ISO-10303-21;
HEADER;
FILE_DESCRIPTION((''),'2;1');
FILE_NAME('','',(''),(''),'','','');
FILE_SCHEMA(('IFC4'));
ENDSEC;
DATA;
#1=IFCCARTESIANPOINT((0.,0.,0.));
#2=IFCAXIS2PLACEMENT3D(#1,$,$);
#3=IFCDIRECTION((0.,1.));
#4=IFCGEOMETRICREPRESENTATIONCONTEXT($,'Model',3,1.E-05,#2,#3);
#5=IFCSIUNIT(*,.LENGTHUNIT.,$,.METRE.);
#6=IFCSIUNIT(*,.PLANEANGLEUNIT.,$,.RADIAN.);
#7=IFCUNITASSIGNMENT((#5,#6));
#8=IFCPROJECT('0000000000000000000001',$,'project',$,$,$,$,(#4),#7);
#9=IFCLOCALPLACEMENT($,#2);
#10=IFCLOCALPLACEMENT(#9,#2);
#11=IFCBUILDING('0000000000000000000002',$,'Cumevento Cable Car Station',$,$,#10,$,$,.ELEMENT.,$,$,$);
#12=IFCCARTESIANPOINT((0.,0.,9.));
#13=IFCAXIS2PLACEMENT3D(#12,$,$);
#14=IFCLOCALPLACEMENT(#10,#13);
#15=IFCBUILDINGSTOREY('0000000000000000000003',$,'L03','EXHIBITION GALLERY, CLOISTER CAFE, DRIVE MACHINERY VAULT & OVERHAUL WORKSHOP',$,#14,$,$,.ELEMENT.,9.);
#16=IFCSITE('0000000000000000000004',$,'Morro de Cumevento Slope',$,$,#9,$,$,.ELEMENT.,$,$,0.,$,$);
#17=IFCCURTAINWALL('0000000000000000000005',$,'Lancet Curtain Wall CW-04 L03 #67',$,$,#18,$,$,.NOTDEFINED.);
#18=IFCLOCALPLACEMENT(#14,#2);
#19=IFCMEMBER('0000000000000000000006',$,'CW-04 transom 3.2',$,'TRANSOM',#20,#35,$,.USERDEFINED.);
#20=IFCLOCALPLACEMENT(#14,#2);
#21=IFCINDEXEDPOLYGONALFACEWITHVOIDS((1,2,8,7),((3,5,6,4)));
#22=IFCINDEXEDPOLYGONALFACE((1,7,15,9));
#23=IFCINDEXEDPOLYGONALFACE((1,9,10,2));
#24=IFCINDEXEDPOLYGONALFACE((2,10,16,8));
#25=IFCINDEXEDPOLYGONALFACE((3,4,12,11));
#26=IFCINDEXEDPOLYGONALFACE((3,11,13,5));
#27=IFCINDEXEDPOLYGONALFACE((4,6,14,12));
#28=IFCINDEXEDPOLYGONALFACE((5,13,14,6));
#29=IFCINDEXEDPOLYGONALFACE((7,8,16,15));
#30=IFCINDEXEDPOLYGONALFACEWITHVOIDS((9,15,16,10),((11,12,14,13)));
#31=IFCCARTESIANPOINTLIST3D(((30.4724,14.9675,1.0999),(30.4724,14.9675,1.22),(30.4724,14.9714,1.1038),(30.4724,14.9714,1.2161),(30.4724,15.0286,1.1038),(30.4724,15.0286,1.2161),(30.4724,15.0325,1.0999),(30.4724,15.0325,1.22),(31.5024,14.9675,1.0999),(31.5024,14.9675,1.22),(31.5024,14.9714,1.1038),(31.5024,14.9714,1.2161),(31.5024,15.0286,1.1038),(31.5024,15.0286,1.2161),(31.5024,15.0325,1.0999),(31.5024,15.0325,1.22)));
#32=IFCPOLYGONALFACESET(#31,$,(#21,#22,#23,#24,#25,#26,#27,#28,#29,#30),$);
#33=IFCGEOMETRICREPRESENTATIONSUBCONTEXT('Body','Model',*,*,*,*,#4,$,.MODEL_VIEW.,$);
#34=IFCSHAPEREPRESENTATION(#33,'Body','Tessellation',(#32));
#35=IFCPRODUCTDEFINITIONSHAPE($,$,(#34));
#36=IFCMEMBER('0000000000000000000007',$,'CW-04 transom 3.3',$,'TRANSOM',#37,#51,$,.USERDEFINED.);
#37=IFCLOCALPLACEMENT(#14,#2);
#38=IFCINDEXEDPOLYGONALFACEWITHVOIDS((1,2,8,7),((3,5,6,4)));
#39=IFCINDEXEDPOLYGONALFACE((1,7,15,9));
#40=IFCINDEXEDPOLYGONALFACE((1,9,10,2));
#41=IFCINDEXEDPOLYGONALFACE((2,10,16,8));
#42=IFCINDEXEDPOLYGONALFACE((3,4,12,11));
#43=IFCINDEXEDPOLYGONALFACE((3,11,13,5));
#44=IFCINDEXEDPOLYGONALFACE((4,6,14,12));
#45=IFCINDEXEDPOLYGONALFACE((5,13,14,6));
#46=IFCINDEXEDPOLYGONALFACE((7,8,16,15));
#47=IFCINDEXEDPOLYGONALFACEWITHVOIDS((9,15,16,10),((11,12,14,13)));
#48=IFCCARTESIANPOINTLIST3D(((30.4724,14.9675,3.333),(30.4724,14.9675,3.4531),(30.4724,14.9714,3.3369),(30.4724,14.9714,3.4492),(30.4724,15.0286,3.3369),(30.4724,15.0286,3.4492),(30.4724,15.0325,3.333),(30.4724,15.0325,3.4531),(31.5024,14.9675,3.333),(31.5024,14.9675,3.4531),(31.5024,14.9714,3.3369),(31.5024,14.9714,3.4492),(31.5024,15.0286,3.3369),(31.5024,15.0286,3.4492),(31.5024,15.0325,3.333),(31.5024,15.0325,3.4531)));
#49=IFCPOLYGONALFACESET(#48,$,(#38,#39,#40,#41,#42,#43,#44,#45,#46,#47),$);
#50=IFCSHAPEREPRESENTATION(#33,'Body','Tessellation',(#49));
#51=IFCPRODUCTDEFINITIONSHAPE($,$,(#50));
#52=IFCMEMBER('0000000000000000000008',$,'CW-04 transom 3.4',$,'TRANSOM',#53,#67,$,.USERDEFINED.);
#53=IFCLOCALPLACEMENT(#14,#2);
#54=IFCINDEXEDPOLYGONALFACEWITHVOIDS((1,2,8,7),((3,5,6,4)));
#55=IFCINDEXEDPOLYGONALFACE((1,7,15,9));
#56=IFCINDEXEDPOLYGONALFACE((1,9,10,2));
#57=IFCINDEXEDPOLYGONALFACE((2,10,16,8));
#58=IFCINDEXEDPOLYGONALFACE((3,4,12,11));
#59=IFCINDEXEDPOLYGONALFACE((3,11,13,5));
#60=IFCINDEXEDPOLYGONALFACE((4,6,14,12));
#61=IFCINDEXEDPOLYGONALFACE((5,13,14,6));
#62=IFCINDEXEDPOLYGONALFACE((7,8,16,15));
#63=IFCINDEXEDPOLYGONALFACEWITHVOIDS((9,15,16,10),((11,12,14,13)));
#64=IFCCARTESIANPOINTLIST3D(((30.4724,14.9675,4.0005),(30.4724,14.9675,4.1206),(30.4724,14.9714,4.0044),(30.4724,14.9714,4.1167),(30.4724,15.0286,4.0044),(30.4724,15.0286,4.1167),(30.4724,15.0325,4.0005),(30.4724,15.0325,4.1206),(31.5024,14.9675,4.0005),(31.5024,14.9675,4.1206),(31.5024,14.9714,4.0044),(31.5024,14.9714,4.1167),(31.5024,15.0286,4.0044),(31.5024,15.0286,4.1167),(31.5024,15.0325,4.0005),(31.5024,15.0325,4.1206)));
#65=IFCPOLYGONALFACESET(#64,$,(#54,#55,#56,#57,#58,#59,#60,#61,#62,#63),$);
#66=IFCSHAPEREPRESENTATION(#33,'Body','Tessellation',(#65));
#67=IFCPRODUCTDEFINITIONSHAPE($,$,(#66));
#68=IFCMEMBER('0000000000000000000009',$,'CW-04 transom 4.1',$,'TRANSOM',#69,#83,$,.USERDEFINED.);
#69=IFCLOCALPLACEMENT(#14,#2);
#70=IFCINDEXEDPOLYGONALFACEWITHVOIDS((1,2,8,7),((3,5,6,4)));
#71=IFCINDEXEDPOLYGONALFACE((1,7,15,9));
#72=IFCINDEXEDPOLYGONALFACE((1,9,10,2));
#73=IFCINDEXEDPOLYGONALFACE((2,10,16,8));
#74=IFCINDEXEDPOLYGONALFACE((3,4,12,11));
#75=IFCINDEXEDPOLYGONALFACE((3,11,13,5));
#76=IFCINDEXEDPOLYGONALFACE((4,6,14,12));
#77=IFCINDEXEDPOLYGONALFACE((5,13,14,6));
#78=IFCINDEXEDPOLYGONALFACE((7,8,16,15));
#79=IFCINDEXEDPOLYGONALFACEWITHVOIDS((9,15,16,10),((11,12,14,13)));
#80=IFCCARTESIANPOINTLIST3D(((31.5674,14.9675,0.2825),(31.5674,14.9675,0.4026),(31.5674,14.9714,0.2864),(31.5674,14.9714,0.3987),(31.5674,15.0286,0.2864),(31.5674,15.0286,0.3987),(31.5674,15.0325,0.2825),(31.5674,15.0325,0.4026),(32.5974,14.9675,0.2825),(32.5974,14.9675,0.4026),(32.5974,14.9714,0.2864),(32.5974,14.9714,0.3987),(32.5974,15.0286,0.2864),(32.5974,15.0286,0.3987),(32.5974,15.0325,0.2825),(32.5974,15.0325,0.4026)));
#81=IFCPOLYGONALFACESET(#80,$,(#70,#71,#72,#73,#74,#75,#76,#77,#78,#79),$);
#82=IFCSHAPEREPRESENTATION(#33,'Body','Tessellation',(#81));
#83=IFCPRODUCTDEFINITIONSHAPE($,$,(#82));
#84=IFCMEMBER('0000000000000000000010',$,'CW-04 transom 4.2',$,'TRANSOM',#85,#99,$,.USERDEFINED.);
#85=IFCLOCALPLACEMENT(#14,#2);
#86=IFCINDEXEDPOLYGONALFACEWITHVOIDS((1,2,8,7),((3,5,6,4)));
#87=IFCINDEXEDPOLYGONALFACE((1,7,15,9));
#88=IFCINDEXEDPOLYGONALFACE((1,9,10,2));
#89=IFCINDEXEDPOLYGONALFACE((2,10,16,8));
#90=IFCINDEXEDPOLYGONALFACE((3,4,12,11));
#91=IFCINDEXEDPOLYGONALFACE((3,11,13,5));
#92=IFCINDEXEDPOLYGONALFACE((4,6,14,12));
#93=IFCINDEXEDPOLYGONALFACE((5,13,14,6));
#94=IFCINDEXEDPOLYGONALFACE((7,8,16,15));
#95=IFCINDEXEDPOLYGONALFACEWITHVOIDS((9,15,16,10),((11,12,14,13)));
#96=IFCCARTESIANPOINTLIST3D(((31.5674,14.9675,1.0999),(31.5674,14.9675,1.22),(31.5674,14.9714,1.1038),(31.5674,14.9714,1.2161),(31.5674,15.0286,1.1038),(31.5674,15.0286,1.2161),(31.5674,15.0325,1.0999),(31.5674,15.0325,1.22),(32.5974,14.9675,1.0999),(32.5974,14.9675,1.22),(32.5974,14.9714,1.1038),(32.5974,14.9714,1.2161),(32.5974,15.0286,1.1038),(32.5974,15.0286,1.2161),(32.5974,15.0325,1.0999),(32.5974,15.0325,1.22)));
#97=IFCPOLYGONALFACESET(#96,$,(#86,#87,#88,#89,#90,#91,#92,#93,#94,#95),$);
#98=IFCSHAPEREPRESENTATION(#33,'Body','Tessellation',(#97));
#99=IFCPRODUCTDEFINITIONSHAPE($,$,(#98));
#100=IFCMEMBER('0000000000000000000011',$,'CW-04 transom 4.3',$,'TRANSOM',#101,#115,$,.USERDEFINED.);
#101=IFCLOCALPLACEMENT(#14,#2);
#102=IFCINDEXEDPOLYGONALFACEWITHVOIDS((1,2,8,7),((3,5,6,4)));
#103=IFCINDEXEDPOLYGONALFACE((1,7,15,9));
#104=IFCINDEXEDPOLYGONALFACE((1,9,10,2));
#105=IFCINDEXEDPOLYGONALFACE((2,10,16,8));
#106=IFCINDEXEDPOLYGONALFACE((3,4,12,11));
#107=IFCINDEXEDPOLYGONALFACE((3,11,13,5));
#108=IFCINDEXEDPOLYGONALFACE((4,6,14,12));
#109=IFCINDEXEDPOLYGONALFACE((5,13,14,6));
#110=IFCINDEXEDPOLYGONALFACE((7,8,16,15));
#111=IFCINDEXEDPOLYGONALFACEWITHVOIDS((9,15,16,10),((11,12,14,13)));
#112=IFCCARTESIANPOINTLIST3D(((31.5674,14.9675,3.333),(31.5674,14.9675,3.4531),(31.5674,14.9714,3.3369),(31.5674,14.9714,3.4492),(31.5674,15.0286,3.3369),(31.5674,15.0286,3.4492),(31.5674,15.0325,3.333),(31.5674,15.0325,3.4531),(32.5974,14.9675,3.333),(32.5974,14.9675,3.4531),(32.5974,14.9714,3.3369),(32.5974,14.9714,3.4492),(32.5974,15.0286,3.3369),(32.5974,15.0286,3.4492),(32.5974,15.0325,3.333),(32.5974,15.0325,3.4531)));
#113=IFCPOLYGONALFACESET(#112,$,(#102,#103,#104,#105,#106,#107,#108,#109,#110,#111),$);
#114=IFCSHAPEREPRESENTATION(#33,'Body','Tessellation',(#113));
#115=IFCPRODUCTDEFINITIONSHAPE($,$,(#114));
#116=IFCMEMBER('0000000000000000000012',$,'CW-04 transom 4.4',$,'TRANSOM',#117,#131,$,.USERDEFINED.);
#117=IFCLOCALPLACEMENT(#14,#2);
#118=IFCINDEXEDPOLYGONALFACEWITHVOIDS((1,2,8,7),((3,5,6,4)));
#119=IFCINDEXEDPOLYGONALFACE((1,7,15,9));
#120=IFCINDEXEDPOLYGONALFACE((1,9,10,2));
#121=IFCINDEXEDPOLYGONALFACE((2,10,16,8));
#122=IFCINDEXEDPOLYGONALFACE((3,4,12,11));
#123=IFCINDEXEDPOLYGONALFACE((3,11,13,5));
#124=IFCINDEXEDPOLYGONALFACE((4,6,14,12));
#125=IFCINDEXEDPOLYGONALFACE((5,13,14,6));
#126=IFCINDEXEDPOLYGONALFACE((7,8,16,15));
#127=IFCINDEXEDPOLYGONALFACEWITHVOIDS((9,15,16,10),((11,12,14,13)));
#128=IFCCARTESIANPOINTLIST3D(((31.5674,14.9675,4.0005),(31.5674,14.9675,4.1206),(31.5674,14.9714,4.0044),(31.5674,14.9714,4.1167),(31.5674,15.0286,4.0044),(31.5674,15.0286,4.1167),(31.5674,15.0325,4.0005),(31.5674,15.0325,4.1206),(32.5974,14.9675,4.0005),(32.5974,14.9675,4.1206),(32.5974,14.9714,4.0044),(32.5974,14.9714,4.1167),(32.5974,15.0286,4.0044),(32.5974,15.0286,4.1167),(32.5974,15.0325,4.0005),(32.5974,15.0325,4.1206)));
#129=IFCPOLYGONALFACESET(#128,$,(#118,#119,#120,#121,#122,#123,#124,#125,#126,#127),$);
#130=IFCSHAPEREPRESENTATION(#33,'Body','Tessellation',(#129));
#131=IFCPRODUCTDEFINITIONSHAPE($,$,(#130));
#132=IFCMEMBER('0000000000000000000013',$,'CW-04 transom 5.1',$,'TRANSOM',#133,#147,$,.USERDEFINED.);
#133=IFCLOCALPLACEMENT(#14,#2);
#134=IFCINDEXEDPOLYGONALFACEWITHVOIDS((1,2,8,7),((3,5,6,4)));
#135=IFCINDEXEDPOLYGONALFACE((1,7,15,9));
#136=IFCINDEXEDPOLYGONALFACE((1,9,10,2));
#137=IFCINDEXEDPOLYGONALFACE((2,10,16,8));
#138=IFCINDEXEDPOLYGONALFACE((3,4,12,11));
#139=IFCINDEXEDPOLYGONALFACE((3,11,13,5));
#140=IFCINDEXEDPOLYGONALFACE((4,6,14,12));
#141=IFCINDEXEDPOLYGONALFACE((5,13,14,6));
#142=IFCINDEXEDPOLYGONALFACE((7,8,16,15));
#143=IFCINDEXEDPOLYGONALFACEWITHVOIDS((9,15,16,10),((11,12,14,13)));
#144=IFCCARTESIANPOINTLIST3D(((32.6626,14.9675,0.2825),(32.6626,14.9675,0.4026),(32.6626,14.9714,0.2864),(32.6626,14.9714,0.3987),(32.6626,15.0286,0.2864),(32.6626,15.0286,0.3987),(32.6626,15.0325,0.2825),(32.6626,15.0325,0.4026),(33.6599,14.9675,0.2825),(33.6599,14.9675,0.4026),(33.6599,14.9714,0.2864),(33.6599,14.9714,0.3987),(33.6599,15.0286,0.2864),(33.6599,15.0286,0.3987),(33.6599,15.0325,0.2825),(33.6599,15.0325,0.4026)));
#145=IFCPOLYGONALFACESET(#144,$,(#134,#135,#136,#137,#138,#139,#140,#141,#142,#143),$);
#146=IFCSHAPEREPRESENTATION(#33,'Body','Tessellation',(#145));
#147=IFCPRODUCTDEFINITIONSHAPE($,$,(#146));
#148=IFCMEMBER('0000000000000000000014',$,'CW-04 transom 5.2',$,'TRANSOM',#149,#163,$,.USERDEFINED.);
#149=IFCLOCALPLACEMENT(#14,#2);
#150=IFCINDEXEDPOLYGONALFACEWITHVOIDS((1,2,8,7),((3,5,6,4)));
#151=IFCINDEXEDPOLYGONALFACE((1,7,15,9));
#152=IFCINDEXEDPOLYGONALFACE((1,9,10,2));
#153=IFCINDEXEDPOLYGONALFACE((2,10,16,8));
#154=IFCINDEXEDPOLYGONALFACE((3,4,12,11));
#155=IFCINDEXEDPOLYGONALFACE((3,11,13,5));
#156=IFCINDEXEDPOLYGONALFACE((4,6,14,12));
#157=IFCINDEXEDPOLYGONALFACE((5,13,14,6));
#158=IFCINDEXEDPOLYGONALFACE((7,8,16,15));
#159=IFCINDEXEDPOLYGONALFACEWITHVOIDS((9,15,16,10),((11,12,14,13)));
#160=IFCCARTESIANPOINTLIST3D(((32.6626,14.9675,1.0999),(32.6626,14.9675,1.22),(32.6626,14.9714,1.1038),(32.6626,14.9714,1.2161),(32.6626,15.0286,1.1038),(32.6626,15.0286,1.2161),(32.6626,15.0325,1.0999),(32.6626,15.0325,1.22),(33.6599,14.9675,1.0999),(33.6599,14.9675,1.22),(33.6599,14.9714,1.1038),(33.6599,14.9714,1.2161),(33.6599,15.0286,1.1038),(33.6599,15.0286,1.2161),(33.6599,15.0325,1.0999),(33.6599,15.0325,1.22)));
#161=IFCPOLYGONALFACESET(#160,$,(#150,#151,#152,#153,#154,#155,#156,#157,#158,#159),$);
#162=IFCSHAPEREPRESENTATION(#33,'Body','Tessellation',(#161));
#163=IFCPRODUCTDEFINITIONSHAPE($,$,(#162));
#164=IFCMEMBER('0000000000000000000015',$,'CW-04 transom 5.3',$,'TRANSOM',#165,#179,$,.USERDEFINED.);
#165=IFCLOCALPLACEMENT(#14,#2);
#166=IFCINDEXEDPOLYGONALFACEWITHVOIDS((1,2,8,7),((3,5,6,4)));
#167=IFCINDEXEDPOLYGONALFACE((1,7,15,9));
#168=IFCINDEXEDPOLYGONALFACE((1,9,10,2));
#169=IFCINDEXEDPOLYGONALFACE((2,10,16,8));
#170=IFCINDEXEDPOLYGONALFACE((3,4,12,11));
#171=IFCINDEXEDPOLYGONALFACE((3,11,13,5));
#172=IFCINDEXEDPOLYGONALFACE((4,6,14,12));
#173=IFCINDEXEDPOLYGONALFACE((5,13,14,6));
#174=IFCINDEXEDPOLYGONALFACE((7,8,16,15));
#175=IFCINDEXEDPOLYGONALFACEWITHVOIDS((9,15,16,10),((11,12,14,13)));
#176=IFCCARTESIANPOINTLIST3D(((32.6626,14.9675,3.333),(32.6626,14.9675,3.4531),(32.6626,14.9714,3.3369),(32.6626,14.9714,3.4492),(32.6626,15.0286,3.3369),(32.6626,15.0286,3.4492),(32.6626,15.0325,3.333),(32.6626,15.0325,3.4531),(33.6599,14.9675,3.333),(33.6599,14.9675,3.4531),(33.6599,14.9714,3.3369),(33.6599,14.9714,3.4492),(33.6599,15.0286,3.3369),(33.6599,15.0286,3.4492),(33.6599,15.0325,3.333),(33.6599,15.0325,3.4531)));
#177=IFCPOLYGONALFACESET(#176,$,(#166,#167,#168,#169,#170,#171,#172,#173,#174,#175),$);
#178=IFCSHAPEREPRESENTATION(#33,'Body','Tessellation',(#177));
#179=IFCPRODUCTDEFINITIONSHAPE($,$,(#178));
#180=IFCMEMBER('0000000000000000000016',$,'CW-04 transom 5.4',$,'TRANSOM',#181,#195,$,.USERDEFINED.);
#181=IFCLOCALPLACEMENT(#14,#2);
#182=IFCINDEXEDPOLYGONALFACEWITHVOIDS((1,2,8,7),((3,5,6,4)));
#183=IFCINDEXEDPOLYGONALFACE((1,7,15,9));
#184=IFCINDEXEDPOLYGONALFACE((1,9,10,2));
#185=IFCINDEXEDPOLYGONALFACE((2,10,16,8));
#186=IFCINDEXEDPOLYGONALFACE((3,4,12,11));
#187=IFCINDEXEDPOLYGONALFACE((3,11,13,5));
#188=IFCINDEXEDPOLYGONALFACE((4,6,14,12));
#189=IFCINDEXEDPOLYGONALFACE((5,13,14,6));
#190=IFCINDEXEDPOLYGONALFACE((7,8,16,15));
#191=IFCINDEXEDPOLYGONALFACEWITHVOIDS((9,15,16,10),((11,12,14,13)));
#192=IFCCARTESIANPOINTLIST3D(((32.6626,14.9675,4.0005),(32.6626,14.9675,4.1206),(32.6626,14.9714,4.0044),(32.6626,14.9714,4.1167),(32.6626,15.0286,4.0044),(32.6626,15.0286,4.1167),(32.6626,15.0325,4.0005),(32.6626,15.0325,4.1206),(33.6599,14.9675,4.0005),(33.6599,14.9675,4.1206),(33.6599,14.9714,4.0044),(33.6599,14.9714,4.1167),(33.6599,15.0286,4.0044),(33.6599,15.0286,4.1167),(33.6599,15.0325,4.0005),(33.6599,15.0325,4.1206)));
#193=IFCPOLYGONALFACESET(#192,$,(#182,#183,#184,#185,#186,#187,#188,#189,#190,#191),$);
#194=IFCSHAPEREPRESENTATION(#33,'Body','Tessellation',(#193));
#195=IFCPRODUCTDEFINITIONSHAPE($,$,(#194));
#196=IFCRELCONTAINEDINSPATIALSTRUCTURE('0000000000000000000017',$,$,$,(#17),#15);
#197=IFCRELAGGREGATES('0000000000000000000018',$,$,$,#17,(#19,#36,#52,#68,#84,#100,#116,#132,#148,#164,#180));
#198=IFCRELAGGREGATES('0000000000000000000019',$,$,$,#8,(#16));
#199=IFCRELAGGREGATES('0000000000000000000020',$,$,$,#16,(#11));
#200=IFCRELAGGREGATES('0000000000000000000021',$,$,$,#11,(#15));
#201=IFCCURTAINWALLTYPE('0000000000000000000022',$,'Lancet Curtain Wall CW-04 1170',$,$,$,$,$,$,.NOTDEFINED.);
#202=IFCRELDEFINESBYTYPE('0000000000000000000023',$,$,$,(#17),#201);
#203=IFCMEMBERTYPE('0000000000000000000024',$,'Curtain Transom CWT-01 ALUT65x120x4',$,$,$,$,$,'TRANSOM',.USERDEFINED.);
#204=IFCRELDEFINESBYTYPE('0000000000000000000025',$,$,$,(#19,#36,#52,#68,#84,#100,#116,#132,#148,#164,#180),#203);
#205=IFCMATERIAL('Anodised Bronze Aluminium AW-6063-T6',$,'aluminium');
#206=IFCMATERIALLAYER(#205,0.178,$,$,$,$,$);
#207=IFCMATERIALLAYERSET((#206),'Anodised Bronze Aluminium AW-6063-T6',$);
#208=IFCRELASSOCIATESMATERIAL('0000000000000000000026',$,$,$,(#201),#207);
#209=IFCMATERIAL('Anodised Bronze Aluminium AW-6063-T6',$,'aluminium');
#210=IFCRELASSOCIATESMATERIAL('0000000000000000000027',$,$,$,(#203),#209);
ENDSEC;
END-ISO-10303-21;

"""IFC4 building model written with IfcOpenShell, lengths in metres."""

from ifc_helpers import new_model, si_unit, direction, frame, origin, origin_2d, place, context, subcontext, project, spatial, hollow_rectangle, extrude, material, layer, layer_set, material_profile, profile_set, type_object, element, aggregate, save


model = new_model("IFC4")

# Units and contexts
model_context = context("Model", 3, precision=1e-05, world=origin(), true_north=direction((0.0, 1.0)))
body_context = subcontext(model_context, "Body", "Model", "MODEL_VIEW")
ifc_project = project(units=[si_unit("LENGTHUNIT", "METRE"), si_unit("PLANEANGLEUNIT", "RADIAN")], contexts=[model_context])

# Site, building, storey
site_placement = place(None, origin())
site = spatial("IfcSite", under=ifc_project, at=site_placement, Name="Morro de Cumevento Slope", CompositionType="ELEMENT", RefElevation=0.0)
building_placement = place(site_placement, origin())
building = spatial("IfcBuilding", under=site, at=building_placement, Name="Cumevento Cable Car Station", CompositionType="ELEMENT")
storey_placement = place(building_placement, frame((0.0, 0.0, 9.0)))
storey = spatial("IfcBuildingStorey", under=building, at=storey_placement, Name="L03", Description="EXHIBITION GALLERY, CLOISTER CAFE, DRIVE MACHINERY VAULT & OVERHAUL WORKSHOP", CompositionType="ELEMENT", Elevation=9.0)

# Curtain wall, members
ifc_material_1 = material(Name="Anodised Bronze Aluminium AW-6063-T6", Category="aluminium")
ifc_layer_1 = layer(ifc_material_1, 0.178)
ifc_layer_set_1 = layer_set([ifc_layer_1], Name="Anodised Bronze Aluminium AW-6063-T6")
curtain_wall_type = type_object("IfcCurtainWallType", Name="Lancet Curtain Wall CW-04 1170", PredefinedType="NOTDEFINED", material=ifc_layer_set_1)
curtain_wall_placement = place(storey_placement, origin())
curtain_wall = element("IfcCurtainWall", 1, at=curtain_wall_placement, inside=storey, type_object=curtain_wall_type, Name="Lancet Curtain Wall CW-04 L03 #67", PredefinedType="NOTDEFINED")
ifc_material_2 = material(Name="Anodised Bronze Aluminium AW-6063-T6", Category="aluminium")
ifc_material_profile_1 = material_profile(ifc_material_2, hollow_rectangle(XDim=0.0649, YDim=0.1201, WallThickness=0.0039, at=origin_2d()), Name="ALUT65x120x4")
ifc_profile_set_1 = profile_set([ifc_material_profile_1], Name="Anodised Bronze Aluminium AW-6063-T6")
member_type_1 = type_object("IfcMemberType", Name="Curtain Transom CWT-01 ALUT65x120x4", ElementType="TRANSOM", PredefinedType="USERDEFINED", material=ifc_profile_set_1)
member_1_placement = place(storey_placement, frame((30.4724, 15.0, 1.1599), z_axis=(1.0, 0.0, 0.0), x_axis=(0.0, 1.0, 0.0)))
member_1 = element("IfcMember", 2, at=member_1_placement, type_object=member_type_1, Name="CW-04 transom 3.2", ObjectType="TRANSOM", PredefinedType="USERDEFINED", context=body_context, shape_type="SweptSolid", body=[
    extrude(hollow_rectangle(XDim=0.0649, YDim=0.1201, WallThickness=0.0039, at=origin_2d()), origin(), (0.0, 0.0, 1.0), 1.03),
])
member_2_placement = place(storey_placement, frame((30.4724, 15.0, 3.3931), z_axis=(1.0, 0.0, 0.0), x_axis=(0.0, 1.0, 0.0)))
member_2 = element("IfcMember", 3, at=member_2_placement, type_object=member_type_1, Name="CW-04 transom 3.3", ObjectType="TRANSOM", PredefinedType="USERDEFINED", context=body_context, shape_type="SweptSolid", body=[
    extrude(hollow_rectangle(XDim=0.0649, YDim=0.1201, WallThickness=0.0039, at=origin_2d()), origin(), (0.0, 0.0, 1.0), 1.03),
])
member_3_placement = place(storey_placement, frame((30.4724, 15.0, 4.0605), z_axis=(1.0, 0.0, 0.0), x_axis=(0.0, 1.0, 0.0)))
member_3 = element("IfcMember", 4, at=member_3_placement, type_object=member_type_1, Name="CW-04 transom 3.4", ObjectType="TRANSOM", PredefinedType="USERDEFINED", context=body_context, shape_type="SweptSolid", body=[
    extrude(hollow_rectangle(XDim=0.0649, YDim=0.1201, WallThickness=0.0039, at=origin_2d()), origin(), (0.0, 0.0, 1.0), 1.03),
])
member_4_placement = place(storey_placement, frame((31.5674, 15.0, 0.3425), z_axis=(1.0, 0.0, 0.0), x_axis=(0.0, 1.0, 0.0)))
member_4 = element("IfcMember", 5, at=member_4_placement, type_object=member_type_1, Name="CW-04 transom 4.1", ObjectType="TRANSOM", PredefinedType="USERDEFINED", context=body_context, shape_type="SweptSolid", body=[
    extrude(hollow_rectangle(XDim=0.0649, YDim=0.1201, WallThickness=0.0039, at=origin_2d()), origin(), (0.0, 0.0, 1.0), 1.03),
])
member_5_placement = place(storey_placement, frame((31.5674, 15.0, 1.1599), z_axis=(1.0, 0.0, 0.0), x_axis=(0.0, 1.0, 0.0)))
member_5 = element("IfcMember", 6, at=member_5_placement, type_object=member_type_1, Name="CW-04 transom 4.2", ObjectType="TRANSOM", PredefinedType="USERDEFINED", context=body_context, shape_type="SweptSolid", body=[
    extrude(hollow_rectangle(XDim=0.0649, YDim=0.1201, WallThickness=0.0039, at=origin_2d()), origin(), (0.0, 0.0, 1.0), 1.03),
])
member_6_placement = place(storey_placement, frame((31.5674, 15.0, 3.3931), z_axis=(1.0, 0.0, 0.0), x_axis=(0.0, 1.0, 0.0)))
member_6 = element("IfcMember", 7, at=member_6_placement, type_object=member_type_1, Name="CW-04 transom 4.3", ObjectType="TRANSOM", PredefinedType="USERDEFINED", context=body_context, shape_type="SweptSolid", body=[
    extrude(hollow_rectangle(XDim=0.0649, YDim=0.1201, WallThickness=0.0039, at=origin_2d()), origin(), (0.0, 0.0, 1.0), 1.03),
])
member_7_placement = place(storey_placement, frame((31.5674, 15.0, 4.0605), z_axis=(1.0, 0.0, 0.0), x_axis=(0.0, 1.0, 0.0)))
member_7 = element("IfcMember", 8, at=member_7_placement, type_object=member_type_1, Name="CW-04 transom 4.4", ObjectType="TRANSOM", PredefinedType="USERDEFINED", context=body_context, shape_type="SweptSolid", body=[
    extrude(hollow_rectangle(XDim=0.0649, YDim=0.1201, WallThickness=0.0039, at=origin_2d()), origin(), (0.0, 0.0, 1.0), 1.03),
])
member_8_placement = place(storey_placement, frame((32.6626, 15.0, 0.3425), z_axis=(1.0, 0.0, 0.0), x_axis=(0.0, 1.0, 0.0)))
member_8 = element("IfcMember", 9, at=member_8_placement, type_object=member_type_1, Name="CW-04 transom 5.1", ObjectType="TRANSOM", PredefinedType="USERDEFINED", context=body_context, shape_type="SweptSolid", body=[
    extrude(hollow_rectangle(XDim=0.0649, YDim=0.1201, WallThickness=0.0039, at=origin_2d()), origin(), (0.0, 0.0, 1.0), 0.9973),
])
member_9_placement = place(storey_placement, frame((32.6626, 15.0, 1.1599), z_axis=(1.0, 0.0, 0.0), x_axis=(0.0, 1.0, 0.0)))
member_9 = element("IfcMember", 10, at=member_9_placement, type_object=member_type_1, Name="CW-04 transom 5.2", ObjectType="TRANSOM", PredefinedType="USERDEFINED", context=body_context, shape_type="SweptSolid", body=[
    extrude(hollow_rectangle(XDim=0.0649, YDim=0.1201, WallThickness=0.0039, at=origin_2d()), origin(), (0.0, 0.0, 1.0), 0.9973),
])
member_10_placement = place(storey_placement, frame((32.6626, 15.0, 3.3931), z_axis=(1.0, 0.0, 0.0), x_axis=(0.0, 1.0, 0.0)))
member_10 = element("IfcMember", 11, at=member_10_placement, type_object=member_type_1, Name="CW-04 transom 5.3", ObjectType="TRANSOM", PredefinedType="USERDEFINED", context=body_context, shape_type="SweptSolid", body=[
    extrude(hollow_rectangle(XDim=0.0649, YDim=0.1201, WallThickness=0.0039, at=origin_2d()), origin(), (0.0, 0.0, 1.0), 0.9973),
])
member_11_placement = place(storey_placement, frame((32.6626, 15.0, 4.0605), z_axis=(1.0, 0.0, 0.0), x_axis=(0.0, 1.0, 0.0)))
member_11 = element("IfcMember", 12, at=member_11_placement, type_object=member_type_1, Name="CW-04 transom 5.4", ObjectType="TRANSOM", PredefinedType="USERDEFINED", context=body_context, shape_type="SweptSolid", body=[
    extrude(hollow_rectangle(XDim=0.0649, YDim=0.1201, WallThickness=0.0039, at=origin_2d()), origin(), (0.0, 0.0, 1.0), 0.9973),
])
aggregate(curtain_wall, [member_1, member_2, member_3, member_4, member_5, member_6, member_7, member_8, member_9, member_10, member_11])

save(model, "model.ifc")
